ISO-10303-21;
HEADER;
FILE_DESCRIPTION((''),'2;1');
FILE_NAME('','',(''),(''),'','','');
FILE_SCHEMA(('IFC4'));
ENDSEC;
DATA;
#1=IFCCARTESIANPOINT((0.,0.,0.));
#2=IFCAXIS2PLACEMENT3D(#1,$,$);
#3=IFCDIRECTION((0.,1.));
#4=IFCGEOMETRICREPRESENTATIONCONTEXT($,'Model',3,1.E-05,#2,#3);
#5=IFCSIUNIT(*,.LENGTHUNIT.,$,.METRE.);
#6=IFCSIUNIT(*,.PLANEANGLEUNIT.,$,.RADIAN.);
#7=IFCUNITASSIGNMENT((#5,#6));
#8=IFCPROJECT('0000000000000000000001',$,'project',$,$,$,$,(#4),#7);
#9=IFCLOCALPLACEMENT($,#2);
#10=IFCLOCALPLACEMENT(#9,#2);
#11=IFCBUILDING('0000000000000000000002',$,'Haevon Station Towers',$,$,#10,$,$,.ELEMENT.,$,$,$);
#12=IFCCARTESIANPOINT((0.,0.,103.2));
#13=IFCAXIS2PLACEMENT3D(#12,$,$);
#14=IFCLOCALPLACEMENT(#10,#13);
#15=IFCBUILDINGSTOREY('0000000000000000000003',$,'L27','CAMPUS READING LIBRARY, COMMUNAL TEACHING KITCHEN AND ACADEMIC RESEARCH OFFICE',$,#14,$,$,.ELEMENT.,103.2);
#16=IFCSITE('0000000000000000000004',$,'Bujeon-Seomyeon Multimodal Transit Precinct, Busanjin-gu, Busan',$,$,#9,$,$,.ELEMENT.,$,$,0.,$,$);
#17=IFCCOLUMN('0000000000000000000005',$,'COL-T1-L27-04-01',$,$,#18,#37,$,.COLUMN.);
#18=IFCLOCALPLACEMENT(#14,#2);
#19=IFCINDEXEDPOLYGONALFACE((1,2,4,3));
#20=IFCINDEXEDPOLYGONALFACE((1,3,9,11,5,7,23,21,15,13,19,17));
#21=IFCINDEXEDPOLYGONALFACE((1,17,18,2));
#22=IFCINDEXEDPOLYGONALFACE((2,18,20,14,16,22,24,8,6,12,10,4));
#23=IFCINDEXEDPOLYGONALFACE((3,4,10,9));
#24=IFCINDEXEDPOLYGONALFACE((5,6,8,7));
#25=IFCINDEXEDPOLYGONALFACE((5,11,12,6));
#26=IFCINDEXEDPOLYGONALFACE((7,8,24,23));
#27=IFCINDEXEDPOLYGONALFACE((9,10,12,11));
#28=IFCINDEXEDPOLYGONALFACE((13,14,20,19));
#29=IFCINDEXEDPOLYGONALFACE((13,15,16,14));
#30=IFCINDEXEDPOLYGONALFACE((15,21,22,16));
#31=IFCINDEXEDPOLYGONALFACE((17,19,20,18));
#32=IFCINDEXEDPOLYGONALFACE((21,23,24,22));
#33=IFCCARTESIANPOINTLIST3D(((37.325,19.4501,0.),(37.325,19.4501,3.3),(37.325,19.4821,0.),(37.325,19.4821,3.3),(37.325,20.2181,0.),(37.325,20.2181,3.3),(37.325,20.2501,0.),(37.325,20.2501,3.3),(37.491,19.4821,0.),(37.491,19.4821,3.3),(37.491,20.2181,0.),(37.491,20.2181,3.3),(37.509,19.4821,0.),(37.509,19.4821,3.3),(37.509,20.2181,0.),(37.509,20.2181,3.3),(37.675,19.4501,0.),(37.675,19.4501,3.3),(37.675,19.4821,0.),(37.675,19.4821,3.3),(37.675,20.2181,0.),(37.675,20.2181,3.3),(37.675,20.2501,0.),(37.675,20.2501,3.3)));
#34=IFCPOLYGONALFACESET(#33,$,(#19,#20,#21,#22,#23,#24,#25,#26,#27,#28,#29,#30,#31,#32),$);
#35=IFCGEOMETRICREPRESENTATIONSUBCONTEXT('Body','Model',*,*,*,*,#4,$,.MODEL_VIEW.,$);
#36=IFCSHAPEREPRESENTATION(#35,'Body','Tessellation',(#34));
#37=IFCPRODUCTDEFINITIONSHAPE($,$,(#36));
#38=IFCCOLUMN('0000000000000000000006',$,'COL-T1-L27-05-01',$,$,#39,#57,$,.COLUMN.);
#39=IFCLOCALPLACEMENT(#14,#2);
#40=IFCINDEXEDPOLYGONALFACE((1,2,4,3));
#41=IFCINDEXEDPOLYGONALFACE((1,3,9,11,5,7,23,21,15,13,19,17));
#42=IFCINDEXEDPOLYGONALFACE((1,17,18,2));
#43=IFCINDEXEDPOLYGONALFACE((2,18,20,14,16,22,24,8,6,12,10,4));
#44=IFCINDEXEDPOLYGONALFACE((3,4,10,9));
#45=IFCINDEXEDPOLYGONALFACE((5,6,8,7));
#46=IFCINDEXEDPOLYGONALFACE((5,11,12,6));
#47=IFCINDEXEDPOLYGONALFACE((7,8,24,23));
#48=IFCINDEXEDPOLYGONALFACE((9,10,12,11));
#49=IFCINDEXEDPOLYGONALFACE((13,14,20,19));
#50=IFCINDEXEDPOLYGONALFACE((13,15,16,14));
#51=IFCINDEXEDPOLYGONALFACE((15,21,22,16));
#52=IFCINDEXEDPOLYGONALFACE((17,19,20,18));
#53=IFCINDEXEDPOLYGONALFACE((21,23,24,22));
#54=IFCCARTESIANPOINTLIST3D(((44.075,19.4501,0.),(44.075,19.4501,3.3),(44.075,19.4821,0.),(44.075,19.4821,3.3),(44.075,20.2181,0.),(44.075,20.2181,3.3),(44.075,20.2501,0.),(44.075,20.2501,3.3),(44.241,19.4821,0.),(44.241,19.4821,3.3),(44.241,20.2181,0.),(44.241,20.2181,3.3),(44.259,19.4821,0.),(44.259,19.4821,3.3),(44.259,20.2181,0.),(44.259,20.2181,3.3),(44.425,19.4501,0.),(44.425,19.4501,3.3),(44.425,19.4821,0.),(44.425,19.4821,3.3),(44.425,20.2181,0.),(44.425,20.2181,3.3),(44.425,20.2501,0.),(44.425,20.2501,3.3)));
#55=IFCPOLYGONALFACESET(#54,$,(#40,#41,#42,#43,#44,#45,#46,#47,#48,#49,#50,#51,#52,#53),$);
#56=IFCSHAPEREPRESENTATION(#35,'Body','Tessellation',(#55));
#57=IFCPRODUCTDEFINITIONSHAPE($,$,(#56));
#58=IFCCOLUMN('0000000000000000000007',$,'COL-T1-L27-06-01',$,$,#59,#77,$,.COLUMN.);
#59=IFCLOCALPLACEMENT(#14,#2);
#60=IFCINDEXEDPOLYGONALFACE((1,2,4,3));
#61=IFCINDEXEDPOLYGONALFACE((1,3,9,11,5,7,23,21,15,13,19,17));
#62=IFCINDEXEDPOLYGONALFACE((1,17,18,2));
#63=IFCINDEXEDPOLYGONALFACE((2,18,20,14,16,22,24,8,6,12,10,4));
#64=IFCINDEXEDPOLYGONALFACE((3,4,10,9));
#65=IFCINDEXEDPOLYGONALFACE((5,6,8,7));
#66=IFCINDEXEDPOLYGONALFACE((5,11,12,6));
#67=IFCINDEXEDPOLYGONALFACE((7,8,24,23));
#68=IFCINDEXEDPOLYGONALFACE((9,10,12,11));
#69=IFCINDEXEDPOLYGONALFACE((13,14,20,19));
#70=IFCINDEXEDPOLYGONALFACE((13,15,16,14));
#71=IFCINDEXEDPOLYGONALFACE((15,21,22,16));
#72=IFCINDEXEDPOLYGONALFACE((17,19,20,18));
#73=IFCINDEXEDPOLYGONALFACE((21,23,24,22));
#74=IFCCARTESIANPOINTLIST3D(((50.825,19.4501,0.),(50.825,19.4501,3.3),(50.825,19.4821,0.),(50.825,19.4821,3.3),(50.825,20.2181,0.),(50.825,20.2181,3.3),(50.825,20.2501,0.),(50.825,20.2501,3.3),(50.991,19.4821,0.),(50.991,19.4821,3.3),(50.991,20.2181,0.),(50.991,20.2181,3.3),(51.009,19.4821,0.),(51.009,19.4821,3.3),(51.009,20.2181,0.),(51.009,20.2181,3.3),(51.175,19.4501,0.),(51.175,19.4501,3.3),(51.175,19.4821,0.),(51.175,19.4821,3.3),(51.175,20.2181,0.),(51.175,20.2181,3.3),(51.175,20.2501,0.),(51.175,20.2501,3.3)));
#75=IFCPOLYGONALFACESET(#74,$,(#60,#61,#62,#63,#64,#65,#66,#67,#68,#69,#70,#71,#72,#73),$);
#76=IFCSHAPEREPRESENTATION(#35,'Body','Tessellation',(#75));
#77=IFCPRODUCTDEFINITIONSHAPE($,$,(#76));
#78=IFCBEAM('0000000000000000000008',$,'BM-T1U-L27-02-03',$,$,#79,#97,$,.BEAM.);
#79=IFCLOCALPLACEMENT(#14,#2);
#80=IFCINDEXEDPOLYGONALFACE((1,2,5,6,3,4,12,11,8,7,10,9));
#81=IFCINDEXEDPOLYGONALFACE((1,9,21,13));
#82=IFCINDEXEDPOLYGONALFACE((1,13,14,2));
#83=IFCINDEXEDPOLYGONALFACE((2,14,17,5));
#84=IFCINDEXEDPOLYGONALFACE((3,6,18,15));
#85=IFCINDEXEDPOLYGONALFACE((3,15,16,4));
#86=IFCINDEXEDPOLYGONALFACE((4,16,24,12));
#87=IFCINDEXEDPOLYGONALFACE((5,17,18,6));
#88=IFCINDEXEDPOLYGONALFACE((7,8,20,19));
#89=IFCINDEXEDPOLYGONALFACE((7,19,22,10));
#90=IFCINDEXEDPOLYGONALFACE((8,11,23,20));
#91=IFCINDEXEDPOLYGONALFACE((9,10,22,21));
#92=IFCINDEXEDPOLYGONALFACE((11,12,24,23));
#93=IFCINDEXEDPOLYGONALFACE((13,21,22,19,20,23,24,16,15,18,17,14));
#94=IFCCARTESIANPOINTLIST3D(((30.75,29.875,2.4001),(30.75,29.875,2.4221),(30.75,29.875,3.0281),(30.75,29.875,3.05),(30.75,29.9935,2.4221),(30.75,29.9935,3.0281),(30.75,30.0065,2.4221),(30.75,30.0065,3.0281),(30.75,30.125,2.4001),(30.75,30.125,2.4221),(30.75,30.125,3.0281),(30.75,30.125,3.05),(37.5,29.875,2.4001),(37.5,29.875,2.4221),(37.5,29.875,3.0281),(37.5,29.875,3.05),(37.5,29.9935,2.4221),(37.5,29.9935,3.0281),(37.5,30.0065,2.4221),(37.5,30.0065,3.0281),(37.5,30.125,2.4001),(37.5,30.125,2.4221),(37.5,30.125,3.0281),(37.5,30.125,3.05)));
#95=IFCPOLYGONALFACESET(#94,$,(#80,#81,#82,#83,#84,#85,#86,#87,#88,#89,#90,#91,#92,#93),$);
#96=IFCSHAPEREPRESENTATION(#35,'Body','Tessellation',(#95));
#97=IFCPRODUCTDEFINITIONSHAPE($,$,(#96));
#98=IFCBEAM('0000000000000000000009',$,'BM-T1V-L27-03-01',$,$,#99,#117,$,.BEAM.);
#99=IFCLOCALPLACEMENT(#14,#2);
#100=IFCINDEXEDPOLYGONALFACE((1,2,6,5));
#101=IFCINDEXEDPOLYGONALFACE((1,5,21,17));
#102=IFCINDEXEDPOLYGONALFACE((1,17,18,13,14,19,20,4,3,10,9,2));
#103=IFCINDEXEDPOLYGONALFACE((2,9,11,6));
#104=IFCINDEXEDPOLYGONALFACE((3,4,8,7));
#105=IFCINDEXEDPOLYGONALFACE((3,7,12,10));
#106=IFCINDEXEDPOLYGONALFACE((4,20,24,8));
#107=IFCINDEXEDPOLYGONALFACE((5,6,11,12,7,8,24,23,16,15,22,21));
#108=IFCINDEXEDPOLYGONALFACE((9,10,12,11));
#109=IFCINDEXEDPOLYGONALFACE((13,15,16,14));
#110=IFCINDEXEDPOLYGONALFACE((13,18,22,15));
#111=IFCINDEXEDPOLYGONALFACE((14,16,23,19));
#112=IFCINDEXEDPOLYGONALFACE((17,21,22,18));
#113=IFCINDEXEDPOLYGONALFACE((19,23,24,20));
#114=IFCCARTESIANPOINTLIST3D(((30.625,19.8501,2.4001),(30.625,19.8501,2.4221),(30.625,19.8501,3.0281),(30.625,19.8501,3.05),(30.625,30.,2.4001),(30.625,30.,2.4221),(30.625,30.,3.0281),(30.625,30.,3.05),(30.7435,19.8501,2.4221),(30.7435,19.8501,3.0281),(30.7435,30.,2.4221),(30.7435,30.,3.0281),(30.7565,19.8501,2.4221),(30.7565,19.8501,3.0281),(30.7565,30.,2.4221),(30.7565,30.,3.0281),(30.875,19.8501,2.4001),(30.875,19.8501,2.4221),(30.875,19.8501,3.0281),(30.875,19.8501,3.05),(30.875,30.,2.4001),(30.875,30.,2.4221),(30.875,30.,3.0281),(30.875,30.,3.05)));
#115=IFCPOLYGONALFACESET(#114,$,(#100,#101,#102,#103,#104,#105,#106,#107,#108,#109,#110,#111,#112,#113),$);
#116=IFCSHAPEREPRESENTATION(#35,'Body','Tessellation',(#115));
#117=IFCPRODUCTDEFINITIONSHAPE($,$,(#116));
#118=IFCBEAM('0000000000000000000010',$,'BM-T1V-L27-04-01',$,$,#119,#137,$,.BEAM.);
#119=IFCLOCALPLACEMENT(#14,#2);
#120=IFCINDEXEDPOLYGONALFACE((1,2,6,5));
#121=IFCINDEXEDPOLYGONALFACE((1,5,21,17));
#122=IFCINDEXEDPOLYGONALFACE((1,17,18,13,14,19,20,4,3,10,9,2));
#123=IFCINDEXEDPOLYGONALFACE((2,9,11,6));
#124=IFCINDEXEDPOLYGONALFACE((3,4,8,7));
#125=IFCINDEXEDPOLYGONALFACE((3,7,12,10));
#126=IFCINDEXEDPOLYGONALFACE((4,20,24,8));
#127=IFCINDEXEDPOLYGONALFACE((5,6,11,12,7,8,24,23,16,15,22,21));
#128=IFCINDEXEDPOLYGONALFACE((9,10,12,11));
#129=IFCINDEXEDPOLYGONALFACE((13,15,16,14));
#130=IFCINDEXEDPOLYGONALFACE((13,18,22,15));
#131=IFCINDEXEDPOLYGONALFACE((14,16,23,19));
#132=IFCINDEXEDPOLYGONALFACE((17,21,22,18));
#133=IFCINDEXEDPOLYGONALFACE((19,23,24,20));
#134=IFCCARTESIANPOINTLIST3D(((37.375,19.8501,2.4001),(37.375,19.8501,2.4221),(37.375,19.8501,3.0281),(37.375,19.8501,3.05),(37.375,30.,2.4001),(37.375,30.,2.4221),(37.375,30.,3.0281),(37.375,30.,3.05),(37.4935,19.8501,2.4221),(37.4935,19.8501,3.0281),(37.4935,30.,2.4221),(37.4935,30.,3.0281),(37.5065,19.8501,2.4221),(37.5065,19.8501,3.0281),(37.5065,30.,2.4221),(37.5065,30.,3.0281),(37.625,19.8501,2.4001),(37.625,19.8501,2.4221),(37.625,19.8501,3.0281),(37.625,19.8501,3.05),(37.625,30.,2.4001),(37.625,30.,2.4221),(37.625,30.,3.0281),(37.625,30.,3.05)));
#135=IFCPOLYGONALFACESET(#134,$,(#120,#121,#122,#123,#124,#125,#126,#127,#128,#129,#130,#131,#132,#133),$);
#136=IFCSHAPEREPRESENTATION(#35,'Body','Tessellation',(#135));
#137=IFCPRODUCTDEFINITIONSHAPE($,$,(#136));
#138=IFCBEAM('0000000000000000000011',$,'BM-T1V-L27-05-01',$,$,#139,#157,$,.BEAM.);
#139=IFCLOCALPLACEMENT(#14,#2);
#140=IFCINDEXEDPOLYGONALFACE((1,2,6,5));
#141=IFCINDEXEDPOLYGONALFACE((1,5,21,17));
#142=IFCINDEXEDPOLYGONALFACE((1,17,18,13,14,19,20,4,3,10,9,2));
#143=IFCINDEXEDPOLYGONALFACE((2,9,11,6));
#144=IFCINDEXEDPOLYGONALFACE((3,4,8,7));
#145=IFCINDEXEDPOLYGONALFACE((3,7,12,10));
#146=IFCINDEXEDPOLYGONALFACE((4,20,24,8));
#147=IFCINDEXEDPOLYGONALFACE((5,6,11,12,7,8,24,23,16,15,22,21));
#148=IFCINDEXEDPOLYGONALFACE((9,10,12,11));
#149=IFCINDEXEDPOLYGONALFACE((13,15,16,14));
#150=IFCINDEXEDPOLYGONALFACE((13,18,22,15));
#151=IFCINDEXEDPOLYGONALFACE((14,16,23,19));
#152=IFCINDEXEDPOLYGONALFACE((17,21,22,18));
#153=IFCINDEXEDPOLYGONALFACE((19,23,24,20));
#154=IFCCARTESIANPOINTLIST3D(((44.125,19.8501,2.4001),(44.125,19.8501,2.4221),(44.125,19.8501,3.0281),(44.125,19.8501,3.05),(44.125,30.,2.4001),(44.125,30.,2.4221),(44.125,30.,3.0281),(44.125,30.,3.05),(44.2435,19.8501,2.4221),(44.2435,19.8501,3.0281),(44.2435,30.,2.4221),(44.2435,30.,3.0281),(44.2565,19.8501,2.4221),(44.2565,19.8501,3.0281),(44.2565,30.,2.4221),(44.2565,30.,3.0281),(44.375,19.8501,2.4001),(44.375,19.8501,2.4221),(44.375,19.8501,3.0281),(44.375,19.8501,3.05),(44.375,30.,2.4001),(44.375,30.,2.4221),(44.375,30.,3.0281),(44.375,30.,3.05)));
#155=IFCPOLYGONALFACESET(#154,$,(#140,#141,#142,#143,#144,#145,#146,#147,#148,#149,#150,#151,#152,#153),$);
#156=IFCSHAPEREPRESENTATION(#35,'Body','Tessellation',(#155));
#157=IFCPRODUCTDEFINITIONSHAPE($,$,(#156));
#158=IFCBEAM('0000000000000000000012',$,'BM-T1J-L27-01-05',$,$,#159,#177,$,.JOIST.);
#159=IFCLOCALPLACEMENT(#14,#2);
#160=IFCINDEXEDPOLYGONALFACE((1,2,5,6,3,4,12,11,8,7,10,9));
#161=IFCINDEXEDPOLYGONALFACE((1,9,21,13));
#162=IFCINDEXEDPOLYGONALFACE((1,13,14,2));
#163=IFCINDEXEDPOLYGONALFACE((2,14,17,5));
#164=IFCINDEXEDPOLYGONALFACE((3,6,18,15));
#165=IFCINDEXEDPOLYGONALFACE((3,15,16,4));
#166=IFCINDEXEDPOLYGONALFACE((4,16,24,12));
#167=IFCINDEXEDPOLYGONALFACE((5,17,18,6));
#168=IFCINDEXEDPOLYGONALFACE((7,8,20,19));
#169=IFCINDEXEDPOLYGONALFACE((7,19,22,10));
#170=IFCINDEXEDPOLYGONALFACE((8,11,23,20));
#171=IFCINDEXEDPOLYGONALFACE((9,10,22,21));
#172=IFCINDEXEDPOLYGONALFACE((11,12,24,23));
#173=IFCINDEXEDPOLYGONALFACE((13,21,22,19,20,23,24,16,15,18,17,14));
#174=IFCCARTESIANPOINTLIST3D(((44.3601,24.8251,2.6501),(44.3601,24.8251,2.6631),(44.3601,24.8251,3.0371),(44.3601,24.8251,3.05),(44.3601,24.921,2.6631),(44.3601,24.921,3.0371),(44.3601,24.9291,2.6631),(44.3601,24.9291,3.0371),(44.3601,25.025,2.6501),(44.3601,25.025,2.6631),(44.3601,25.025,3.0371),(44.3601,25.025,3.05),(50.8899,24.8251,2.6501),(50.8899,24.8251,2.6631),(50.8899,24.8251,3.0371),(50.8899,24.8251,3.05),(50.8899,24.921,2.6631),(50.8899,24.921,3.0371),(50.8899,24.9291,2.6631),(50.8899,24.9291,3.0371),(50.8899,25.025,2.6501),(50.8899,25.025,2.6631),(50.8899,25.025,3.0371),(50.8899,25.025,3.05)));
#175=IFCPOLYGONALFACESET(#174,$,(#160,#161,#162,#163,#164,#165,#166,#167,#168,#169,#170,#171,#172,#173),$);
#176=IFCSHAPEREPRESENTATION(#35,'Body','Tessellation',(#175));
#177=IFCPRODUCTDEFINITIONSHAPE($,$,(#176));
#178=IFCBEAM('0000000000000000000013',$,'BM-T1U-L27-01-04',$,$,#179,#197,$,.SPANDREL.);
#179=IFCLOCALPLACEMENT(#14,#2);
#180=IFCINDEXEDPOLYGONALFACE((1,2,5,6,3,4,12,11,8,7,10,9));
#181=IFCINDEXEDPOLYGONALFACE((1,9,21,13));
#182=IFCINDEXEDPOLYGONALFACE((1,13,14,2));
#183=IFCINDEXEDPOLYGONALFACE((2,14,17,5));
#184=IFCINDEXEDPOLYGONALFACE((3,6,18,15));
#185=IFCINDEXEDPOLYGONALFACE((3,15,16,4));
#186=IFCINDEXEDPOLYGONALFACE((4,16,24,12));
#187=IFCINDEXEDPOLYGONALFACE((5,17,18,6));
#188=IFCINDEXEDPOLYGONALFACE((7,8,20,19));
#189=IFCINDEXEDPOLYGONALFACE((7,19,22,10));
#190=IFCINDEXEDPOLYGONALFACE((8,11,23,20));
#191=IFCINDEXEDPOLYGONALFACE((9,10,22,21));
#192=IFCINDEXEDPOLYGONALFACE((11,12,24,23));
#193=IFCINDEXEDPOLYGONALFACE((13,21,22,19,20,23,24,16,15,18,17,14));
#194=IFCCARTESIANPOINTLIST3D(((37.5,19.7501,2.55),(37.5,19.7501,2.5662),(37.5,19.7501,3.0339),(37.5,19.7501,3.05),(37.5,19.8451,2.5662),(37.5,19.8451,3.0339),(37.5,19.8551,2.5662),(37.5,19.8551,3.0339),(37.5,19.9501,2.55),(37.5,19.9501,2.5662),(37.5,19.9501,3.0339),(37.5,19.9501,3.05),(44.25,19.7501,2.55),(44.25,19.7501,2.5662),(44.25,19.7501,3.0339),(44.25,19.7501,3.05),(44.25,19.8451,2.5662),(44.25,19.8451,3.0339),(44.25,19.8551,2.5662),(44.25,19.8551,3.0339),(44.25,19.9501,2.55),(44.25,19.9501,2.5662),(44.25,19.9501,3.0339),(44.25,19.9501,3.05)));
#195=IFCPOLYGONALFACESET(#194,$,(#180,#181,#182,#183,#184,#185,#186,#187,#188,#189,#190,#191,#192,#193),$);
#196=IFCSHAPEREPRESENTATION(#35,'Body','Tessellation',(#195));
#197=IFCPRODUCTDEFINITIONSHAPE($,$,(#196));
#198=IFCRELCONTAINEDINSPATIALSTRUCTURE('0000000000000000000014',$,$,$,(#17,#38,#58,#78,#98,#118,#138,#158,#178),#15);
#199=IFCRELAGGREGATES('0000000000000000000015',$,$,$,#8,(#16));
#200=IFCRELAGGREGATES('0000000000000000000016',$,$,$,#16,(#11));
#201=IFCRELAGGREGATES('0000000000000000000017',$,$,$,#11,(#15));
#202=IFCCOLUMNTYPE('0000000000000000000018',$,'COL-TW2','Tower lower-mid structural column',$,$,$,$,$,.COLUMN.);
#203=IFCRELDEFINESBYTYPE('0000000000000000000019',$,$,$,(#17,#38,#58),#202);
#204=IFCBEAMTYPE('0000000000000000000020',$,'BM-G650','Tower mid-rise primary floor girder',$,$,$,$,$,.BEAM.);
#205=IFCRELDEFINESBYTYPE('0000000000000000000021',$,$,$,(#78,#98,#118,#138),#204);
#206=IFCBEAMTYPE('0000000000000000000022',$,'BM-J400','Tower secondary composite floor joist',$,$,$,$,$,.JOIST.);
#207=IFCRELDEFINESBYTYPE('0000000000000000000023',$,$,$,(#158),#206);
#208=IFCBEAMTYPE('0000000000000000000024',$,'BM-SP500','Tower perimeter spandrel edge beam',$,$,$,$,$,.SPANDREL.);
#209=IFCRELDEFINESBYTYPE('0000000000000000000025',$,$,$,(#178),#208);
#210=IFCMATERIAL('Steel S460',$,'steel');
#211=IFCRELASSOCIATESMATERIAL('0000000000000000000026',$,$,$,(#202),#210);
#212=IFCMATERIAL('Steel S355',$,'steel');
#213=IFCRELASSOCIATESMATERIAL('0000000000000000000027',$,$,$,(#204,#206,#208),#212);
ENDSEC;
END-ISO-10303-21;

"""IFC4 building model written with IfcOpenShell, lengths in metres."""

from ifc_helpers import new_model, si_unit, direction, frame, origin, origin_2d, place, context, subcontext, project, spatial, i_section, extrude, material, material_profile, profile_set, type_object, element, save


model = new_model("IFC4")

# Units and contexts
model_context = context("Model", 3, precision=1e-05, world=origin(), true_north=direction((0.0, 1.0)))
body_context = subcontext(model_context, "Body", "Model", "MODEL_VIEW")
ifc_project = project(units=[si_unit("LENGTHUNIT", "METRE"), si_unit("PLANEANGLEUNIT", "RADIAN")], contexts=[model_context])

# Site, building, storey
site_placement = place(None, origin())
site = spatial("IfcSite", under=ifc_project, at=site_placement, Name="Bujeon-Seomyeon Multimodal Transit Precinct, Busanjin-gu, Busan", CompositionType="ELEMENT", RefElevation=0.0)
building_placement = place(site_placement, origin())
building = spatial("IfcBuilding", under=site, at=building_placement, Name="Haevon Station Towers", CompositionType="ELEMENT")
storey_placement = place(building_placement, frame((0.0, 0.0, 103.2)))
storey = spatial("IfcBuildingStorey", under=building, at=storey_placement, Name="L27", Description="CAMPUS READING LIBRARY, COMMUNAL TEACHING KITCHEN AND ACADEMIC RESEARCH OFFICE", CompositionType="ELEMENT", Elevation=103.2)

# Columns
ifc_material_1 = material(Name="Steel S460", Category="steel")
ifc_material_profile_1 = material_profile(ifc_material_1, i_section(OverallWidth=0.3501, OverallDepth=0.8, WebThickness=0.0181, FlangeThickness=0.032, at=origin_2d()), Name="H-800x350x18x32")
ifc_profile_set_1 = profile_set([ifc_material_profile_1], Name="Steel S460")
column_type = type_object("IfcColumnType", Name="COL-TW2", Description="Tower lower-mid structural column", PredefinedType="COLUMN", material=ifc_profile_set_1)
for number, where, z_axis, x_axis, name in (
    (1, (37.5, 19.8501, 0.0), (0.0, 0.0, 1.0), (1.0, 0.0, 0.0), "COL-T1-L27-04-01"),
    (2, (44.25, 19.8501, 0.0), (0.0, 0.0, 1.0), (1.0, 0.0, 0.0), "COL-T1-L27-05-01"),
    (3, (51.0, 19.8501, 0.0), (0.0, 0.0, 1.0), (1.0, 0.0, 0.0), "COL-T1-L27-06-01"),
):
    element("IfcColumn", number, at=place(storey_placement, frame(where, z_axis=z_axis, x_axis=x_axis)), inside=storey, type_object=column_type, Name=name, PredefinedType="COLUMN", context=body_context, shape_type="SweptSolid", body=[
        extrude(i_section(OverallWidth=0.3501, OverallDepth=0.8, WebThickness=0.0181, FlangeThickness=0.032, at=origin_2d()), origin(), (0.0, 0.0, 1.0), 3.3),
    ])

# Beams
ifc_material_2 = material(Name="Steel S355", Category="steel")
ifc_material_profile_2 = material_profile(ifc_material_2, i_section(OverallWidth=0.25, OverallDepth=0.6499, WebThickness=0.0129, FlangeThickness=0.022, at=origin_2d()), Name="H-650x250x13x22")
ifc_profile_set_2 = profile_set([ifc_material_profile_2], Name="Steel S355")
beam_type_1 = type_object("IfcBeamType", Name="BM-G650", Description="Tower mid-rise primary floor girder", PredefinedType="BEAM", material=ifc_profile_set_2)
beam_1_placement = place(storey_placement, frame((30.75, 30.0, 2.7251), z_axis=(1.0, 0.0, 0.0), x_axis=(0.0, 1.0, 0.0)))
element("IfcBeam", 4, at=beam_1_placement, inside=storey, type_object=beam_type_1, Name="BM-T1U-L27-02-03", PredefinedType="BEAM", context=body_context, shape_type="SweptSolid", body=[
    extrude(i_section(OverallWidth=0.25, OverallDepth=0.6499, WebThickness=0.0129, FlangeThickness=0.022, at=origin_2d()), origin(), (0.0, 0.0, 1.0), 6.75),
])
for number, where, z_axis, x_axis, name in (
    (5, (30.75, 19.8501, 2.7251), (0.0, 1.0, 0.0), (-1.0, 0.0, 0.0), "BM-T1V-L27-03-01"),
    (6, (37.5, 19.8501, 2.7251), (0.0, 1.0, 0.0), (-1.0, 0.0, 0.0), "BM-T1V-L27-04-01"),
    (7, (44.25, 19.8501, 2.7251), (0.0, 1.0, 0.0), (-1.0, 0.0, 0.0), "BM-T1V-L27-05-01"),
):
    element("IfcBeam", number, at=place(storey_placement, frame(where, z_axis=z_axis, x_axis=x_axis)), inside=storey, type_object=beam_type_1, Name=name, PredefinedType="BEAM", context=body_context, shape_type="SweptSolid", body=[
        extrude(i_section(OverallWidth=0.25, OverallDepth=0.6499, WebThickness=0.0129, FlangeThickness=0.022, at=origin_2d()), origin(), (0.0, 0.0, 1.0), 10.1499),
    ])
ifc_material_profile_3 = material_profile(ifc_material_2, i_section(OverallWidth=0.2, OverallDepth=0.3999, WebThickness=0.0081, FlangeThickness=0.0129, at=origin_2d()), Name="H-400x200x8x13")
ifc_profile_set_3 = profile_set([ifc_material_profile_3], Name="Steel S355")
beam_type_2 = type_object("IfcBeamType", Name="BM-J400", Description="Tower secondary composite floor joist", PredefinedType="JOIST", material=ifc_profile_set_3)
beam_2_placement = place(storey_placement, frame((44.3601, 24.925, 2.8501), z_axis=(1.0, 0.0, 0.0), x_axis=(0.0, 1.0, 0.0)))
element("IfcBeam", 8, at=beam_2_placement, inside=storey, type_object=beam_type_2, Name="BM-T1J-L27-01-05", PredefinedType="JOIST", context=body_context, shape_type="SweptSolid", body=[
    extrude(i_section(OverallWidth=0.2, OverallDepth=0.3999, WebThickness=0.0081, FlangeThickness=0.0129, at=origin_2d()), origin(), (0.0, 0.0, 1.0), 6.5298),
])
ifc_material_profile_4 = material_profile(ifc_material_2, i_section(OverallWidth=0.2, OverallDepth=0.5, WebThickness=0.01, FlangeThickness=0.0161, at=origin_2d()), Name="H-500x200x10x16")
ifc_profile_set_4 = profile_set([ifc_material_profile_4], Name="Steel S355")
beam_type_3 = type_object("IfcBeamType", Name="BM-SP500", Description="Tower perimeter spandrel edge beam", PredefinedType="SPANDREL", material=ifc_profile_set_4)
for number, where, z_axis, x_axis, name in (
    (9, (37.5, 19.8501, 2.8), (1.0, 0.0, 0.0), (0.0, 1.0, 0.0), "BM-T1U-L27-01-04"),
):
    element("IfcBeam", number, at=place(storey_placement, frame(where, z_axis=z_axis, x_axis=x_axis)), inside=storey, type_object=beam_type_3, Name=name, PredefinedType="SPANDREL", context=body_context, shape_type="SweptSolid", body=[
        extrude(i_section(OverallWidth=0.2, OverallDepth=0.5, WebThickness=0.01, FlangeThickness=0.0161, at=origin_2d()), origin(), (0.0, 0.0, 1.0), 6.75),
    ])

save(model, "model.ifc")
